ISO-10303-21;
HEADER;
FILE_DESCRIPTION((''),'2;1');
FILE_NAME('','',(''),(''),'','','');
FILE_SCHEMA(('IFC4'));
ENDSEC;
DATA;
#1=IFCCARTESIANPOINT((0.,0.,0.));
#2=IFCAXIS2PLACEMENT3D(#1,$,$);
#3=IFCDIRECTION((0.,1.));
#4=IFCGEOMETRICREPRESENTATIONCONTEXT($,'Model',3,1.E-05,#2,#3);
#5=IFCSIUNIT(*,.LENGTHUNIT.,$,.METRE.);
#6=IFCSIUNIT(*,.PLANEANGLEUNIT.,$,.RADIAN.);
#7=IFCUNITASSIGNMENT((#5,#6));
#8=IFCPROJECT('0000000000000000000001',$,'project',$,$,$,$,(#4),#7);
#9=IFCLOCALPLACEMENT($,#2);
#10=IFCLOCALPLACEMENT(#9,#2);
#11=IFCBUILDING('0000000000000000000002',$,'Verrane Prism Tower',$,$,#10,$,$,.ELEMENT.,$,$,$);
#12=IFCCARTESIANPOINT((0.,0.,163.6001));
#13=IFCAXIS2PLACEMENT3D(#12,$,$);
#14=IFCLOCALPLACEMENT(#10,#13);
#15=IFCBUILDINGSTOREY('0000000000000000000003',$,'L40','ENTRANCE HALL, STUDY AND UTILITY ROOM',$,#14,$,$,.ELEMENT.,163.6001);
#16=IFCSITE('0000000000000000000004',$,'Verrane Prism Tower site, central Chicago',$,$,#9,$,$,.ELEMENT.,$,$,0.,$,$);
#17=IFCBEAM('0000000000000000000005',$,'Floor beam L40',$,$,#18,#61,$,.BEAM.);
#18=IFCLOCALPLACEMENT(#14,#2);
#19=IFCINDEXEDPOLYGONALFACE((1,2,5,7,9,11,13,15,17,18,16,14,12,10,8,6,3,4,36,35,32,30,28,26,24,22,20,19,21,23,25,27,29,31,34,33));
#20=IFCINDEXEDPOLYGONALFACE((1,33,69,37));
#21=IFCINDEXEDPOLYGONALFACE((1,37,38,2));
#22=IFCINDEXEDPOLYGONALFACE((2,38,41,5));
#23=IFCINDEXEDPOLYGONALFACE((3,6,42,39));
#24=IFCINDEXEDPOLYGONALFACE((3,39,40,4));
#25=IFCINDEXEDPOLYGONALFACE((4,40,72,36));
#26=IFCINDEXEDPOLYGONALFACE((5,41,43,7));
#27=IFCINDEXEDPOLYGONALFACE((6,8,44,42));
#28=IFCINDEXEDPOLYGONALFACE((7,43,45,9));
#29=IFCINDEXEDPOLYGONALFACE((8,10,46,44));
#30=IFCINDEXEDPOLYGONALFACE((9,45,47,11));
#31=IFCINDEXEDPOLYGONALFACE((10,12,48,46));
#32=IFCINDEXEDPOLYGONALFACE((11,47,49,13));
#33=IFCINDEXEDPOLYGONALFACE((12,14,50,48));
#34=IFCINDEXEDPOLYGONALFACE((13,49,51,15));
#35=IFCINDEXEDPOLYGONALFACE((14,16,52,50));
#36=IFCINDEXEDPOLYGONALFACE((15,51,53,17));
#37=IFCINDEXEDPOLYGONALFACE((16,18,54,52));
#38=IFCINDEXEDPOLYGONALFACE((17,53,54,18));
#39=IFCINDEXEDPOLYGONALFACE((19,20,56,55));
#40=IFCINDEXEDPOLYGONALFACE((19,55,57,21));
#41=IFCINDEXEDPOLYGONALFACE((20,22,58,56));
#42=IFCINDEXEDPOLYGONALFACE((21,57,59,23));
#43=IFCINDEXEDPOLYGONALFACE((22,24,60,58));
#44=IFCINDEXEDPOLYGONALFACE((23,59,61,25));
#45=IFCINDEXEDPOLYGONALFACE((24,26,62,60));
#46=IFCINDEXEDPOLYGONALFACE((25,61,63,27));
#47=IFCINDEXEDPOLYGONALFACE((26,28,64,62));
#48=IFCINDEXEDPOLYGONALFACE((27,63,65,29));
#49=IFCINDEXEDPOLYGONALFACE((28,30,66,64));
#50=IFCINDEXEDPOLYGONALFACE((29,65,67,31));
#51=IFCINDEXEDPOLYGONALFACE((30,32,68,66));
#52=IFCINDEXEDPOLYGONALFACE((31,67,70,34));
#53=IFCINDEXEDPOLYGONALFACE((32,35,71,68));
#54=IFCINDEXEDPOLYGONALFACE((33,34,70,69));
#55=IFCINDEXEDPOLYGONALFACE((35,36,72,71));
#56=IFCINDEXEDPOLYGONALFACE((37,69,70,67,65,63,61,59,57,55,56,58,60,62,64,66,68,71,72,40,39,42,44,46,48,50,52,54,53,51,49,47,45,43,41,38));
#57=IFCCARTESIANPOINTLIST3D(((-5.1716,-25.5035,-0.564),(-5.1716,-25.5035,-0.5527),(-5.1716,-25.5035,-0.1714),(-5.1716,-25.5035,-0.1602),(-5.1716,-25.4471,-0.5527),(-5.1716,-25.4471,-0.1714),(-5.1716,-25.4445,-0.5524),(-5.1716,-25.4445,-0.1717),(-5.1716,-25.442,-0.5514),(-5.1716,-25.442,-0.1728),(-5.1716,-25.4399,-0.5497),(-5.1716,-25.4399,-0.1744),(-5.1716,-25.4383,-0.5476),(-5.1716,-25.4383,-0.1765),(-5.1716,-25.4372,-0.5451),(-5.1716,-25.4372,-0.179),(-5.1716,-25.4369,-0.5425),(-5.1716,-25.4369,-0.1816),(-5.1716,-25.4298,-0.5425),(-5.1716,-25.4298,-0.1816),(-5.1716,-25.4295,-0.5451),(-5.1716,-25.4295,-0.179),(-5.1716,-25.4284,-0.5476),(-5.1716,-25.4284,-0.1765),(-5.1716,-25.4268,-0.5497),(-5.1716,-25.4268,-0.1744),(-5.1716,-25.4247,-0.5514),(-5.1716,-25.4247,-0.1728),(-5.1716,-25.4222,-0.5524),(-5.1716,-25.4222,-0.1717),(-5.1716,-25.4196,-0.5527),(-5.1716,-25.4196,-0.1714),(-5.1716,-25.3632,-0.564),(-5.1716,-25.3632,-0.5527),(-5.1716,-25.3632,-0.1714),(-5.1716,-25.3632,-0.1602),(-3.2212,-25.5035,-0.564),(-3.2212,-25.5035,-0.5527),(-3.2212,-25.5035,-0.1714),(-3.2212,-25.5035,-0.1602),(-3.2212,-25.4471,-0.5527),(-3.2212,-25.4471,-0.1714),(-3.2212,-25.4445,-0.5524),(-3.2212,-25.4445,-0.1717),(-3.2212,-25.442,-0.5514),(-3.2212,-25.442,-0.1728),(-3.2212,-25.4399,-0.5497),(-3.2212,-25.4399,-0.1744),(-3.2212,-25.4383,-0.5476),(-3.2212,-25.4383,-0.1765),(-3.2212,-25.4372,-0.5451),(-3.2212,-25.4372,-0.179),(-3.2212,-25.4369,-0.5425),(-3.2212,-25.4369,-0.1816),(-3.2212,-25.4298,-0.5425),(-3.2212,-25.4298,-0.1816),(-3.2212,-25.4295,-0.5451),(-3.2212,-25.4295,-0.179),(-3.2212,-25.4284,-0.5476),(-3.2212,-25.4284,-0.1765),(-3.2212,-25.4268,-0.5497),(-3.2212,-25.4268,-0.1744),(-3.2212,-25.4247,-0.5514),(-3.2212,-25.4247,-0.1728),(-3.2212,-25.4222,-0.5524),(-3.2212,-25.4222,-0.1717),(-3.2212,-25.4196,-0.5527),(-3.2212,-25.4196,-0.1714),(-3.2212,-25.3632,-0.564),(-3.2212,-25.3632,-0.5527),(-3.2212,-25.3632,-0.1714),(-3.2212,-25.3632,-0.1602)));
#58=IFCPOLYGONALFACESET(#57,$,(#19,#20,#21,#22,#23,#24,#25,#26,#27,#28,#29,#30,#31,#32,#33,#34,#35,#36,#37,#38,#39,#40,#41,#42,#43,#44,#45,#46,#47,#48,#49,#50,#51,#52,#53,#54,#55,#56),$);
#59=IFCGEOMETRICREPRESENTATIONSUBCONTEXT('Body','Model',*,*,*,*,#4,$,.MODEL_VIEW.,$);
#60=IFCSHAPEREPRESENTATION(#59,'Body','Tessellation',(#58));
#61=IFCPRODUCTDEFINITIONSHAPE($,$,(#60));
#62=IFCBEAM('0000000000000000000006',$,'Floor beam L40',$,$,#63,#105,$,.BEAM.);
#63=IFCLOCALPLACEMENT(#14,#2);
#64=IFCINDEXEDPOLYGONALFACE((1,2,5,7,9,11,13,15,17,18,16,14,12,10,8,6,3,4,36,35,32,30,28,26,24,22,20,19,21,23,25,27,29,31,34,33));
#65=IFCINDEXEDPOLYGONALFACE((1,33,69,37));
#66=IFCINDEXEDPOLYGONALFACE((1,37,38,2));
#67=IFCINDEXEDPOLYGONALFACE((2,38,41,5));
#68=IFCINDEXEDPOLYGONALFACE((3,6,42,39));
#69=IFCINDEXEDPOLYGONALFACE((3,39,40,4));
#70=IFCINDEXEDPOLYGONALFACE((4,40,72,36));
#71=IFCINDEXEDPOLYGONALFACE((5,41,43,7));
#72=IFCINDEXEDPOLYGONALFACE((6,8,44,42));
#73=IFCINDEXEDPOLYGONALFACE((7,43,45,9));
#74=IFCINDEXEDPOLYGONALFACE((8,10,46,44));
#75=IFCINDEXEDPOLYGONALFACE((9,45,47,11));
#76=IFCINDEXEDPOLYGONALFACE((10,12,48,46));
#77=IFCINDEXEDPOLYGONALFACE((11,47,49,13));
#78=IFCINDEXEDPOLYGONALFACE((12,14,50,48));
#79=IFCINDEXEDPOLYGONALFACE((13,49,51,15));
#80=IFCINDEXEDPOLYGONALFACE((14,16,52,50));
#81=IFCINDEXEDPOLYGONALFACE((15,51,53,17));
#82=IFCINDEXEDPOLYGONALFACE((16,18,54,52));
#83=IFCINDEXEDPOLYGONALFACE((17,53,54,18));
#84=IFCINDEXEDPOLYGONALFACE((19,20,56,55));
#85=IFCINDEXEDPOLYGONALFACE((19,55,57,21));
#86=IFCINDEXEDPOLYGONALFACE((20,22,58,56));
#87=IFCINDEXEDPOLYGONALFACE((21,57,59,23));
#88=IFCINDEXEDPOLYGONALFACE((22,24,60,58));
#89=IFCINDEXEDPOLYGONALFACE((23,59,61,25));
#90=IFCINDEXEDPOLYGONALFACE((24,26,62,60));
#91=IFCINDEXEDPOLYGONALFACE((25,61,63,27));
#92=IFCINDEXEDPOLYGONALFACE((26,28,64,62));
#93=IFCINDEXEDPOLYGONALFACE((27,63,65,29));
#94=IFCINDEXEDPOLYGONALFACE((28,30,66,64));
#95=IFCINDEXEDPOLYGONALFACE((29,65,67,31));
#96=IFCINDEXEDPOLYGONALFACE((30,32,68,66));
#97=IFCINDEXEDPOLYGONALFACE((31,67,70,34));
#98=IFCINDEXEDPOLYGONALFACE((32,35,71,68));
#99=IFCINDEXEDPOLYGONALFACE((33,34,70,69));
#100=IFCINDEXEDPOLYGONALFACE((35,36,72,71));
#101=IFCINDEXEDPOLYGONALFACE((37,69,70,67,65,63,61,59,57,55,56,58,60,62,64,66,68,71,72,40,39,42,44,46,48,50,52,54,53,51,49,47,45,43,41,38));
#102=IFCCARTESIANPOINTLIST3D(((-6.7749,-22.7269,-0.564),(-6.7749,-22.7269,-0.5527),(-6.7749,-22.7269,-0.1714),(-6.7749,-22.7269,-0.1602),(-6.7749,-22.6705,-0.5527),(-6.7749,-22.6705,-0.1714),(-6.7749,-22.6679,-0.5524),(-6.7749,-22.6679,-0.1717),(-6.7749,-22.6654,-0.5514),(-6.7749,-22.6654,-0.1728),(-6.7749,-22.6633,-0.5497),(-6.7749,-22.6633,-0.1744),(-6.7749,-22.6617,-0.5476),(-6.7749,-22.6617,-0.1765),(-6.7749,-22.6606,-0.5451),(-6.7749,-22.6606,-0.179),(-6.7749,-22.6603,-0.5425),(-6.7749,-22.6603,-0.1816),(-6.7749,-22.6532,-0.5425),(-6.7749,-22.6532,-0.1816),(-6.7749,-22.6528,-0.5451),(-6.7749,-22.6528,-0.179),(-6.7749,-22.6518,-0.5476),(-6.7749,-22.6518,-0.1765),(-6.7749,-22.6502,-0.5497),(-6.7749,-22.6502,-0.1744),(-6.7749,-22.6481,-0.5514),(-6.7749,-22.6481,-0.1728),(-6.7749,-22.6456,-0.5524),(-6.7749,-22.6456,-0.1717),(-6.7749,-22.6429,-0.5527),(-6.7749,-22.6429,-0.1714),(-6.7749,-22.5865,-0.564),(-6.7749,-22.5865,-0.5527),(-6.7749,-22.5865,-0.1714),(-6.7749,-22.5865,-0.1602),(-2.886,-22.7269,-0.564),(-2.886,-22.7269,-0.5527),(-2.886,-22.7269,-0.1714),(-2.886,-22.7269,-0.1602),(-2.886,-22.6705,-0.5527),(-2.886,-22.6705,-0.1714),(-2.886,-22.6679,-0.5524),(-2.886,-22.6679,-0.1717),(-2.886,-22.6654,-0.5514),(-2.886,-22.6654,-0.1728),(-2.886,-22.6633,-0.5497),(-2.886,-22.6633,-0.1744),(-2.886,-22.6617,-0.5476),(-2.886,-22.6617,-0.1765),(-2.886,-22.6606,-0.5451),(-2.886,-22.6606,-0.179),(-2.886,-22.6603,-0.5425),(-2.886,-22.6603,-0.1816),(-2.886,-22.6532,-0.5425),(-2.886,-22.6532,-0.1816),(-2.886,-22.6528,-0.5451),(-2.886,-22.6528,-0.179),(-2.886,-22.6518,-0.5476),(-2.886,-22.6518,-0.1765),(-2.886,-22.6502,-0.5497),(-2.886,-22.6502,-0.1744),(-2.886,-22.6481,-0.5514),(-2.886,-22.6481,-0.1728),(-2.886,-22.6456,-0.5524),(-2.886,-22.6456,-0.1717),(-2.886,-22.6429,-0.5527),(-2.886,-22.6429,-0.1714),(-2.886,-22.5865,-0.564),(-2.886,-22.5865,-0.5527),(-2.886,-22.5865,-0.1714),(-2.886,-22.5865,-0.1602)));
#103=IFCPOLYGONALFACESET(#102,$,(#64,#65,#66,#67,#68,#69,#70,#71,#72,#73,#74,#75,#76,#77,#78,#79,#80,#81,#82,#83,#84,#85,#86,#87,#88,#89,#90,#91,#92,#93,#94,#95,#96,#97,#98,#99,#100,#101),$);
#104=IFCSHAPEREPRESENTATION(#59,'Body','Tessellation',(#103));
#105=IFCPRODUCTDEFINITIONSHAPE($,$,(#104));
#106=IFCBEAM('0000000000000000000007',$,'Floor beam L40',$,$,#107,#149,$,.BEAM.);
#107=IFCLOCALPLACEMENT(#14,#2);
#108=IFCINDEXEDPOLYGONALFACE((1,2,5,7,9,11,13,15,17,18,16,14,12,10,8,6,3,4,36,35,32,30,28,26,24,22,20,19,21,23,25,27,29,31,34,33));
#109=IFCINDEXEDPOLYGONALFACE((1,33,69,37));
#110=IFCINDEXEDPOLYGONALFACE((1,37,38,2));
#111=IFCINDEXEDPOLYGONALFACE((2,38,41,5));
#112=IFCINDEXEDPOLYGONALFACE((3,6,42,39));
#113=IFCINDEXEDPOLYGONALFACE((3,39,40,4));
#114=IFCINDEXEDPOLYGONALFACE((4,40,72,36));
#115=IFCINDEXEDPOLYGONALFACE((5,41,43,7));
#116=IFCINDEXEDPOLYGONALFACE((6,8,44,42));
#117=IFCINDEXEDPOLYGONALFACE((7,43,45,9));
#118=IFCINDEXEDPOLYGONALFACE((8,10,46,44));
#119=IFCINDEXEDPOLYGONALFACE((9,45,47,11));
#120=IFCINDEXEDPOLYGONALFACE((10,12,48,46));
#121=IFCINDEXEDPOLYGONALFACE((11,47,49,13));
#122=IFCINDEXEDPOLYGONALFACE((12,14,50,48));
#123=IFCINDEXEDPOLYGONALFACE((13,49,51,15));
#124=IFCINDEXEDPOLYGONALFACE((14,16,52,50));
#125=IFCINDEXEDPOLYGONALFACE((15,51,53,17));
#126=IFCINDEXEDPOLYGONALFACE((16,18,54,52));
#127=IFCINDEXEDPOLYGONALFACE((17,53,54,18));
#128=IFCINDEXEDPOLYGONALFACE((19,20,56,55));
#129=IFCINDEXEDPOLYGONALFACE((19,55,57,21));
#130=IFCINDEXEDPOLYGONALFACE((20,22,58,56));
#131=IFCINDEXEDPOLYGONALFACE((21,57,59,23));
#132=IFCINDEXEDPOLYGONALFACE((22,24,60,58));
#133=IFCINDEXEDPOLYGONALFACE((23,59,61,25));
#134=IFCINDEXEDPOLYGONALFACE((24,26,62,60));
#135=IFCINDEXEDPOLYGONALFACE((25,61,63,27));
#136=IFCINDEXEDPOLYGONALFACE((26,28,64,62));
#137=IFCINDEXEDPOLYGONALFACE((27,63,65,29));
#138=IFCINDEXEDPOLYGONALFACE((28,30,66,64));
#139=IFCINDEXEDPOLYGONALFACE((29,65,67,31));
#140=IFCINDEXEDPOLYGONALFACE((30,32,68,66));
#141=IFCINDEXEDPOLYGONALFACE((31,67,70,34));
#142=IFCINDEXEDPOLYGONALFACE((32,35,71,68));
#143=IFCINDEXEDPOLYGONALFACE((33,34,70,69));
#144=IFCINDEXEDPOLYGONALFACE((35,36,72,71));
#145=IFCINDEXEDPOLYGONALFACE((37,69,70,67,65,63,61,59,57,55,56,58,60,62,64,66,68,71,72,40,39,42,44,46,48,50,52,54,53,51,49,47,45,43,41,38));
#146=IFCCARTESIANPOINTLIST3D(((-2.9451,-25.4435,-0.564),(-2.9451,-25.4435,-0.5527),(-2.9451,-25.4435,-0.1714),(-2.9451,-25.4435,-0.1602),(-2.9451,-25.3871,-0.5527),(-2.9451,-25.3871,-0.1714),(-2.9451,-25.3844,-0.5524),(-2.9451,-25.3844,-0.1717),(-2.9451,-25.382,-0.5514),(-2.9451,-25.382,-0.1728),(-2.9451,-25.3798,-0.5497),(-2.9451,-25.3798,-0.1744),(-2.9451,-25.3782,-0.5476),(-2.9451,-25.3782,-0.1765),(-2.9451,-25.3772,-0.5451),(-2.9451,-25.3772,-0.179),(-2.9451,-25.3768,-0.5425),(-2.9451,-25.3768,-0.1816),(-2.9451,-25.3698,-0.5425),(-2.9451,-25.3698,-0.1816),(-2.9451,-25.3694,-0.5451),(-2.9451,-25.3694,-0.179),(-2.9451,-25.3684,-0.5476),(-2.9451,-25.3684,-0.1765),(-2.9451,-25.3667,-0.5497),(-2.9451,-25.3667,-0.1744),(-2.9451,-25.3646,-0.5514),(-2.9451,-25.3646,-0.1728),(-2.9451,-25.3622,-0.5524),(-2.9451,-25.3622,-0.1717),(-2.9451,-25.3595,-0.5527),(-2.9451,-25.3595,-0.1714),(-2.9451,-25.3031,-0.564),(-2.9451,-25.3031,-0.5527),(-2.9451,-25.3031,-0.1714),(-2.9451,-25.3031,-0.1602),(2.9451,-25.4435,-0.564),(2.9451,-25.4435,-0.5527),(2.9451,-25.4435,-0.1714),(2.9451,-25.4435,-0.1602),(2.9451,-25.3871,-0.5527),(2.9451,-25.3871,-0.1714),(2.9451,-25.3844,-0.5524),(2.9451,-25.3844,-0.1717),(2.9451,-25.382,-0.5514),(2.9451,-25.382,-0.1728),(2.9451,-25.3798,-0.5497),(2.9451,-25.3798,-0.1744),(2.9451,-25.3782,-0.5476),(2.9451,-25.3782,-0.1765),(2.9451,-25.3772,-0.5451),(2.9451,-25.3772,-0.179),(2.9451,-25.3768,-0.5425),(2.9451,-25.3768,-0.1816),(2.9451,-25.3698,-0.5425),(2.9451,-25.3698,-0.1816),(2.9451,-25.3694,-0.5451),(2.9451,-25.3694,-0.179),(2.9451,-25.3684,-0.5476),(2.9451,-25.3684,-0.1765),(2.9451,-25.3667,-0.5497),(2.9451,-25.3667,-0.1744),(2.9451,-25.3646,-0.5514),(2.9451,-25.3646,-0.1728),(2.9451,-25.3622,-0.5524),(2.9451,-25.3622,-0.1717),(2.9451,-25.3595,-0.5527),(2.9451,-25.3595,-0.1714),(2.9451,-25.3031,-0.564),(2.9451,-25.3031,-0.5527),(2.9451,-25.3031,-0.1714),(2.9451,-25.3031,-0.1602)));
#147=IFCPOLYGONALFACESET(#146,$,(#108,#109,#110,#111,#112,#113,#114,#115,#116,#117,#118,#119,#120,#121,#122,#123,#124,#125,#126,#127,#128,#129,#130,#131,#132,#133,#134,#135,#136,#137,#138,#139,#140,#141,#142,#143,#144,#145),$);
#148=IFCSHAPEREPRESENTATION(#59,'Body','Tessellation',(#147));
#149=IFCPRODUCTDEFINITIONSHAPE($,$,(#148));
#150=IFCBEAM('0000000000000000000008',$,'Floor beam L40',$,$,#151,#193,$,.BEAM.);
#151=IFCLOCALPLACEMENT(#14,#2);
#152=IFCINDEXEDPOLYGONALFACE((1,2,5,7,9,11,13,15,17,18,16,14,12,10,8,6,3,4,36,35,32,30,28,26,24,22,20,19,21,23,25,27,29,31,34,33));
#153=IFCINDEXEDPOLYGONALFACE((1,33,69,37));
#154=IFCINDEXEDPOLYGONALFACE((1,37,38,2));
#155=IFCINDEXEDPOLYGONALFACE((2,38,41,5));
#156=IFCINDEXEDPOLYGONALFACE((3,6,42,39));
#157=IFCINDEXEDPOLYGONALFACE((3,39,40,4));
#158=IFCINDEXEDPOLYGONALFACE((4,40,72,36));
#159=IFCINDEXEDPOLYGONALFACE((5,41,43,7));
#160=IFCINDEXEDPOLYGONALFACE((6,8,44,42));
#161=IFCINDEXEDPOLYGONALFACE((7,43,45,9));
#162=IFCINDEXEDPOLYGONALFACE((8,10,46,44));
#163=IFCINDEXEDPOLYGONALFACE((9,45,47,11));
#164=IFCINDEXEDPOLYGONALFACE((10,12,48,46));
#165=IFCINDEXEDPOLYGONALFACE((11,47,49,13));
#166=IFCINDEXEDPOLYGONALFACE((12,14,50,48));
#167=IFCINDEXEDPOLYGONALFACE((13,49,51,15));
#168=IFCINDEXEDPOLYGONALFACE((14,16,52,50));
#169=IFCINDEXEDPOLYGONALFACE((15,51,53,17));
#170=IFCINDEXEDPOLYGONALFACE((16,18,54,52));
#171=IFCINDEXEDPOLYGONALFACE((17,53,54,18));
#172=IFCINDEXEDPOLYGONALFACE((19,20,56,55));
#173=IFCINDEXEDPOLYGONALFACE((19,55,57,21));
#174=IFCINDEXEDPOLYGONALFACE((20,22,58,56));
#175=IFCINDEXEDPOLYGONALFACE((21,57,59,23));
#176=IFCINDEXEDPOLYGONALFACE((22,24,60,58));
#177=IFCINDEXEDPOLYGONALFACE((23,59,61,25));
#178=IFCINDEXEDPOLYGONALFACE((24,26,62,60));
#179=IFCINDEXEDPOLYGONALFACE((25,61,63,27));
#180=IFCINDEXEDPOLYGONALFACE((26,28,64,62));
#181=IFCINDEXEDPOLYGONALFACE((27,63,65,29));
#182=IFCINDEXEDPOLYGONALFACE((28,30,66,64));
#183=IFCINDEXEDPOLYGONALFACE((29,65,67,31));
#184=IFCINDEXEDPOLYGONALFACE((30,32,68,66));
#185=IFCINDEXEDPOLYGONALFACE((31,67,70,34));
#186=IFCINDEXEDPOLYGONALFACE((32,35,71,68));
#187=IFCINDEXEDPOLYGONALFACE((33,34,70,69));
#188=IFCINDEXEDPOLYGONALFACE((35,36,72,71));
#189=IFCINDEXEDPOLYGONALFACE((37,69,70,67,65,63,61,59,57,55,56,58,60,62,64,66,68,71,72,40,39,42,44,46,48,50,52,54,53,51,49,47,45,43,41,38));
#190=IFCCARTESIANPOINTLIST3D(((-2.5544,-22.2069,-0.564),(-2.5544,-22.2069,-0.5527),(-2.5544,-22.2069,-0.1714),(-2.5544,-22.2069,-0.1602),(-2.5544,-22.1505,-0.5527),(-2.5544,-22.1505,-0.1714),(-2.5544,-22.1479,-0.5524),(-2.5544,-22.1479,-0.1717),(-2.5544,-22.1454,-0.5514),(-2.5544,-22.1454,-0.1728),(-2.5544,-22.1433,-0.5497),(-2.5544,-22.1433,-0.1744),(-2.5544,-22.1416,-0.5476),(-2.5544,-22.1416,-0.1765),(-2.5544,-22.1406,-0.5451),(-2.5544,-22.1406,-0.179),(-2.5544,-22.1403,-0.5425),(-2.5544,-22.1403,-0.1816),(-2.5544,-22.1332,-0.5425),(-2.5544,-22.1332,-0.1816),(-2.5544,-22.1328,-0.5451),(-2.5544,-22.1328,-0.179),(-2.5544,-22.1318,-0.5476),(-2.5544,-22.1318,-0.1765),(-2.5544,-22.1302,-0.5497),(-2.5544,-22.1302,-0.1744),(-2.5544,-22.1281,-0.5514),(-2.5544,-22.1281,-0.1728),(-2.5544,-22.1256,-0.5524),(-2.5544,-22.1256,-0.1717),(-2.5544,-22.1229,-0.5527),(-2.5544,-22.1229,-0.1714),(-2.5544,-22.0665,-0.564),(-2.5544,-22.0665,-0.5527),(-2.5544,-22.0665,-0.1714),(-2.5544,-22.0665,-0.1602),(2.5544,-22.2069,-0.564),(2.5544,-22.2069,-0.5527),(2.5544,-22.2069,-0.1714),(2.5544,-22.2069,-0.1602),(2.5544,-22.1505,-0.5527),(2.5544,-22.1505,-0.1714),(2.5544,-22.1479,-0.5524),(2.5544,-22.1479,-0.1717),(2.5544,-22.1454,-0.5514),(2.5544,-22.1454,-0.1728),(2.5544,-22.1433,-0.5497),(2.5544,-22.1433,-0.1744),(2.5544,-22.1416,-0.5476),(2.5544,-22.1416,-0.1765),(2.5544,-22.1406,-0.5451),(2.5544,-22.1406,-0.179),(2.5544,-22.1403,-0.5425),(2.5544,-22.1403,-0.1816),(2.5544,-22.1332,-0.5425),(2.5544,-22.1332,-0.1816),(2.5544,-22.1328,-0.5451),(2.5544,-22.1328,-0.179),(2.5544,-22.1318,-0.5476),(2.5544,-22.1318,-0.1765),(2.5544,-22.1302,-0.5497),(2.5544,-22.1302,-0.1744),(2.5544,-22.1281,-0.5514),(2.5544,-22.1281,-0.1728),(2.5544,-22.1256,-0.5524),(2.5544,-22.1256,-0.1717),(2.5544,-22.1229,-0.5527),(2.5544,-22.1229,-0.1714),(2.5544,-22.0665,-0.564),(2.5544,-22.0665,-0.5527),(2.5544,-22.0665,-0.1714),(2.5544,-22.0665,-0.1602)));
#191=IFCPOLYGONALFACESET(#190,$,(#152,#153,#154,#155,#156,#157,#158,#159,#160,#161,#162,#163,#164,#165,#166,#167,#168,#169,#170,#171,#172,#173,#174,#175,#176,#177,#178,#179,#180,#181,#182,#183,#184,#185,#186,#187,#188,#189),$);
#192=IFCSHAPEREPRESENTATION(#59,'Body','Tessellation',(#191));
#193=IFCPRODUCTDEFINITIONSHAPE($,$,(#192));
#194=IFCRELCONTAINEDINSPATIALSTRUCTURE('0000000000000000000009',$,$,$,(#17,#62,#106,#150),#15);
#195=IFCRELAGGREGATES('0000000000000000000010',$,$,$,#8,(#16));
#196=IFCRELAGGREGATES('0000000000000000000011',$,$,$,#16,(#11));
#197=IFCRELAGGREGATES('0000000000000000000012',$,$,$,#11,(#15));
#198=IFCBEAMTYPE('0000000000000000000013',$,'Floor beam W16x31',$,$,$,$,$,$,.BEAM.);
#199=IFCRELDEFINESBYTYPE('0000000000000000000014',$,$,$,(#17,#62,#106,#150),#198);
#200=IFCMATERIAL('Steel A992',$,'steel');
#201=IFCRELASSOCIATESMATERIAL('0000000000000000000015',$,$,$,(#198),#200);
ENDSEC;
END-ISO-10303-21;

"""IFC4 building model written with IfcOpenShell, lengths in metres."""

from ifc_helpers import new_model, si_unit, direction, frame, origin, origin_2d, place, context, subcontext, project, spatial, i_section, extrude, material, material_profile, profile_set, type_object, element, save


model = new_model("IFC4")

# Units and contexts
model_context = context("Model", 3, precision=1e-05, world=origin(), true_north=direction((0.0, 1.0)))
body_context = subcontext(model_context, "Body", "Model", "MODEL_VIEW")
ifc_project = project(units=[si_unit("LENGTHUNIT", "METRE"), si_unit("PLANEANGLEUNIT", "RADIAN")], contexts=[model_context])

# Site, building, storey
site_placement = place(None, origin())
site = spatial("IfcSite", under=ifc_project, at=site_placement, Name="Verrane Prism Tower site, central Chicago", CompositionType="ELEMENT", RefElevation=0.0)
building_placement = place(site_placement, origin())
building = spatial("IfcBuilding", under=site, at=building_placement, Name="Verrane Prism Tower", CompositionType="ELEMENT")
storey_placement = place(building_placement, frame((0.0, 0.0, 163.6001)))
storey = spatial("IfcBuildingStorey", under=building, at=storey_placement, Name="L40", Description="ENTRANCE HALL, STUDY AND UTILITY ROOM", CompositionType="ELEMENT", Elevation=163.6001)

# Beams
ifc_material_1 = material(Name="Steel A992", Category="steel")
ifc_material_profile_1 = material_profile(ifc_material_1, i_section(OverallWidth=0.1404, OverallDepth=0.4038, WebThickness=0.0071, FlangeThickness=0.0112, FilletRadius=0.0103, at=origin_2d()), Name="W16x31")
ifc_profile_set_1 = profile_set([ifc_material_profile_1], Name="Steel A992")
beam_type_1 = type_object("IfcBeamType", Name="Floor beam W16x31", PredefinedType="BEAM", material=ifc_profile_set_1)
beam_1_placement = place(storey_placement, frame((-5.1716, -25.4333, -0.3621), z_axis=(1.0, 0.0, 0.0), x_axis=(0.0, 1.0, 0.0)))
element("IfcBeam", 1, at=beam_1_placement, inside=storey, type_object=beam_type_1, Name="Floor beam L40", PredefinedType="BEAM", context=body_context, shape_type="SweptSolid", body=[
    extrude(i_section(OverallWidth=0.1404, OverallDepth=0.4038, WebThickness=0.0071, FlangeThickness=0.0112, FilletRadius=0.0103, at=origin_2d()), origin(), (0.0, 0.0, 1.0), 1.9504),
])
beam_2_placement = place(storey_placement, frame((-6.7749, -22.6567, -0.3621), z_axis=(1.0, 0.0, 0.0), x_axis=(0.0, 1.0, 0.0)))
element("IfcBeam", 2, at=beam_2_placement, inside=storey, type_object=beam_type_1, Name="Floor beam L40", PredefinedType="BEAM", context=body_context, shape_type="SweptSolid", body=[
    extrude(i_section(OverallWidth=0.1404, OverallDepth=0.4038, WebThickness=0.0071, FlangeThickness=0.0112, FilletRadius=0.0103, at=origin_2d()), origin(), (0.0, 0.0, 1.0), 3.8889),
])
beam_3_placement = place(storey_placement, frame((-2.9451, -25.3733, -0.3621), z_axis=(1.0, 0.0, 0.0), x_axis=(0.0, 1.0, 0.0)))
element("IfcBeam", 3, at=beam_3_placement, inside=storey, type_object=beam_type_1, Name="Floor beam L40", PredefinedType="BEAM", context=body_context, shape_type="SweptSolid", body=[
    extrude(i_section(OverallWidth=0.1404, OverallDepth=0.4038, WebThickness=0.0071, FlangeThickness=0.0112, FilletRadius=0.0103, at=origin_2d()), origin(), (0.0, 0.0, 1.0), 5.8901),
])
beam_4_placement = place(storey_placement, frame((-2.5544, -22.1367, -0.3621), z_axis=(1.0, 0.0, 0.0), x_axis=(0.0, 1.0, 0.0)))
element("IfcBeam", 4, at=beam_4_placement, inside=storey, type_object=beam_type_1, Name="Floor beam L40", PredefinedType="BEAM", context=body_context, shape_type="SweptSolid", body=[
    extrude(i_section(OverallWidth=0.1404, OverallDepth=0.4038, WebThickness=0.0071, FlangeThickness=0.0112, FilletRadius=0.0103, at=origin_2d()), origin(), (0.0, 0.0, 1.0), 5.1089),
])

save(model, "model.ifc")
